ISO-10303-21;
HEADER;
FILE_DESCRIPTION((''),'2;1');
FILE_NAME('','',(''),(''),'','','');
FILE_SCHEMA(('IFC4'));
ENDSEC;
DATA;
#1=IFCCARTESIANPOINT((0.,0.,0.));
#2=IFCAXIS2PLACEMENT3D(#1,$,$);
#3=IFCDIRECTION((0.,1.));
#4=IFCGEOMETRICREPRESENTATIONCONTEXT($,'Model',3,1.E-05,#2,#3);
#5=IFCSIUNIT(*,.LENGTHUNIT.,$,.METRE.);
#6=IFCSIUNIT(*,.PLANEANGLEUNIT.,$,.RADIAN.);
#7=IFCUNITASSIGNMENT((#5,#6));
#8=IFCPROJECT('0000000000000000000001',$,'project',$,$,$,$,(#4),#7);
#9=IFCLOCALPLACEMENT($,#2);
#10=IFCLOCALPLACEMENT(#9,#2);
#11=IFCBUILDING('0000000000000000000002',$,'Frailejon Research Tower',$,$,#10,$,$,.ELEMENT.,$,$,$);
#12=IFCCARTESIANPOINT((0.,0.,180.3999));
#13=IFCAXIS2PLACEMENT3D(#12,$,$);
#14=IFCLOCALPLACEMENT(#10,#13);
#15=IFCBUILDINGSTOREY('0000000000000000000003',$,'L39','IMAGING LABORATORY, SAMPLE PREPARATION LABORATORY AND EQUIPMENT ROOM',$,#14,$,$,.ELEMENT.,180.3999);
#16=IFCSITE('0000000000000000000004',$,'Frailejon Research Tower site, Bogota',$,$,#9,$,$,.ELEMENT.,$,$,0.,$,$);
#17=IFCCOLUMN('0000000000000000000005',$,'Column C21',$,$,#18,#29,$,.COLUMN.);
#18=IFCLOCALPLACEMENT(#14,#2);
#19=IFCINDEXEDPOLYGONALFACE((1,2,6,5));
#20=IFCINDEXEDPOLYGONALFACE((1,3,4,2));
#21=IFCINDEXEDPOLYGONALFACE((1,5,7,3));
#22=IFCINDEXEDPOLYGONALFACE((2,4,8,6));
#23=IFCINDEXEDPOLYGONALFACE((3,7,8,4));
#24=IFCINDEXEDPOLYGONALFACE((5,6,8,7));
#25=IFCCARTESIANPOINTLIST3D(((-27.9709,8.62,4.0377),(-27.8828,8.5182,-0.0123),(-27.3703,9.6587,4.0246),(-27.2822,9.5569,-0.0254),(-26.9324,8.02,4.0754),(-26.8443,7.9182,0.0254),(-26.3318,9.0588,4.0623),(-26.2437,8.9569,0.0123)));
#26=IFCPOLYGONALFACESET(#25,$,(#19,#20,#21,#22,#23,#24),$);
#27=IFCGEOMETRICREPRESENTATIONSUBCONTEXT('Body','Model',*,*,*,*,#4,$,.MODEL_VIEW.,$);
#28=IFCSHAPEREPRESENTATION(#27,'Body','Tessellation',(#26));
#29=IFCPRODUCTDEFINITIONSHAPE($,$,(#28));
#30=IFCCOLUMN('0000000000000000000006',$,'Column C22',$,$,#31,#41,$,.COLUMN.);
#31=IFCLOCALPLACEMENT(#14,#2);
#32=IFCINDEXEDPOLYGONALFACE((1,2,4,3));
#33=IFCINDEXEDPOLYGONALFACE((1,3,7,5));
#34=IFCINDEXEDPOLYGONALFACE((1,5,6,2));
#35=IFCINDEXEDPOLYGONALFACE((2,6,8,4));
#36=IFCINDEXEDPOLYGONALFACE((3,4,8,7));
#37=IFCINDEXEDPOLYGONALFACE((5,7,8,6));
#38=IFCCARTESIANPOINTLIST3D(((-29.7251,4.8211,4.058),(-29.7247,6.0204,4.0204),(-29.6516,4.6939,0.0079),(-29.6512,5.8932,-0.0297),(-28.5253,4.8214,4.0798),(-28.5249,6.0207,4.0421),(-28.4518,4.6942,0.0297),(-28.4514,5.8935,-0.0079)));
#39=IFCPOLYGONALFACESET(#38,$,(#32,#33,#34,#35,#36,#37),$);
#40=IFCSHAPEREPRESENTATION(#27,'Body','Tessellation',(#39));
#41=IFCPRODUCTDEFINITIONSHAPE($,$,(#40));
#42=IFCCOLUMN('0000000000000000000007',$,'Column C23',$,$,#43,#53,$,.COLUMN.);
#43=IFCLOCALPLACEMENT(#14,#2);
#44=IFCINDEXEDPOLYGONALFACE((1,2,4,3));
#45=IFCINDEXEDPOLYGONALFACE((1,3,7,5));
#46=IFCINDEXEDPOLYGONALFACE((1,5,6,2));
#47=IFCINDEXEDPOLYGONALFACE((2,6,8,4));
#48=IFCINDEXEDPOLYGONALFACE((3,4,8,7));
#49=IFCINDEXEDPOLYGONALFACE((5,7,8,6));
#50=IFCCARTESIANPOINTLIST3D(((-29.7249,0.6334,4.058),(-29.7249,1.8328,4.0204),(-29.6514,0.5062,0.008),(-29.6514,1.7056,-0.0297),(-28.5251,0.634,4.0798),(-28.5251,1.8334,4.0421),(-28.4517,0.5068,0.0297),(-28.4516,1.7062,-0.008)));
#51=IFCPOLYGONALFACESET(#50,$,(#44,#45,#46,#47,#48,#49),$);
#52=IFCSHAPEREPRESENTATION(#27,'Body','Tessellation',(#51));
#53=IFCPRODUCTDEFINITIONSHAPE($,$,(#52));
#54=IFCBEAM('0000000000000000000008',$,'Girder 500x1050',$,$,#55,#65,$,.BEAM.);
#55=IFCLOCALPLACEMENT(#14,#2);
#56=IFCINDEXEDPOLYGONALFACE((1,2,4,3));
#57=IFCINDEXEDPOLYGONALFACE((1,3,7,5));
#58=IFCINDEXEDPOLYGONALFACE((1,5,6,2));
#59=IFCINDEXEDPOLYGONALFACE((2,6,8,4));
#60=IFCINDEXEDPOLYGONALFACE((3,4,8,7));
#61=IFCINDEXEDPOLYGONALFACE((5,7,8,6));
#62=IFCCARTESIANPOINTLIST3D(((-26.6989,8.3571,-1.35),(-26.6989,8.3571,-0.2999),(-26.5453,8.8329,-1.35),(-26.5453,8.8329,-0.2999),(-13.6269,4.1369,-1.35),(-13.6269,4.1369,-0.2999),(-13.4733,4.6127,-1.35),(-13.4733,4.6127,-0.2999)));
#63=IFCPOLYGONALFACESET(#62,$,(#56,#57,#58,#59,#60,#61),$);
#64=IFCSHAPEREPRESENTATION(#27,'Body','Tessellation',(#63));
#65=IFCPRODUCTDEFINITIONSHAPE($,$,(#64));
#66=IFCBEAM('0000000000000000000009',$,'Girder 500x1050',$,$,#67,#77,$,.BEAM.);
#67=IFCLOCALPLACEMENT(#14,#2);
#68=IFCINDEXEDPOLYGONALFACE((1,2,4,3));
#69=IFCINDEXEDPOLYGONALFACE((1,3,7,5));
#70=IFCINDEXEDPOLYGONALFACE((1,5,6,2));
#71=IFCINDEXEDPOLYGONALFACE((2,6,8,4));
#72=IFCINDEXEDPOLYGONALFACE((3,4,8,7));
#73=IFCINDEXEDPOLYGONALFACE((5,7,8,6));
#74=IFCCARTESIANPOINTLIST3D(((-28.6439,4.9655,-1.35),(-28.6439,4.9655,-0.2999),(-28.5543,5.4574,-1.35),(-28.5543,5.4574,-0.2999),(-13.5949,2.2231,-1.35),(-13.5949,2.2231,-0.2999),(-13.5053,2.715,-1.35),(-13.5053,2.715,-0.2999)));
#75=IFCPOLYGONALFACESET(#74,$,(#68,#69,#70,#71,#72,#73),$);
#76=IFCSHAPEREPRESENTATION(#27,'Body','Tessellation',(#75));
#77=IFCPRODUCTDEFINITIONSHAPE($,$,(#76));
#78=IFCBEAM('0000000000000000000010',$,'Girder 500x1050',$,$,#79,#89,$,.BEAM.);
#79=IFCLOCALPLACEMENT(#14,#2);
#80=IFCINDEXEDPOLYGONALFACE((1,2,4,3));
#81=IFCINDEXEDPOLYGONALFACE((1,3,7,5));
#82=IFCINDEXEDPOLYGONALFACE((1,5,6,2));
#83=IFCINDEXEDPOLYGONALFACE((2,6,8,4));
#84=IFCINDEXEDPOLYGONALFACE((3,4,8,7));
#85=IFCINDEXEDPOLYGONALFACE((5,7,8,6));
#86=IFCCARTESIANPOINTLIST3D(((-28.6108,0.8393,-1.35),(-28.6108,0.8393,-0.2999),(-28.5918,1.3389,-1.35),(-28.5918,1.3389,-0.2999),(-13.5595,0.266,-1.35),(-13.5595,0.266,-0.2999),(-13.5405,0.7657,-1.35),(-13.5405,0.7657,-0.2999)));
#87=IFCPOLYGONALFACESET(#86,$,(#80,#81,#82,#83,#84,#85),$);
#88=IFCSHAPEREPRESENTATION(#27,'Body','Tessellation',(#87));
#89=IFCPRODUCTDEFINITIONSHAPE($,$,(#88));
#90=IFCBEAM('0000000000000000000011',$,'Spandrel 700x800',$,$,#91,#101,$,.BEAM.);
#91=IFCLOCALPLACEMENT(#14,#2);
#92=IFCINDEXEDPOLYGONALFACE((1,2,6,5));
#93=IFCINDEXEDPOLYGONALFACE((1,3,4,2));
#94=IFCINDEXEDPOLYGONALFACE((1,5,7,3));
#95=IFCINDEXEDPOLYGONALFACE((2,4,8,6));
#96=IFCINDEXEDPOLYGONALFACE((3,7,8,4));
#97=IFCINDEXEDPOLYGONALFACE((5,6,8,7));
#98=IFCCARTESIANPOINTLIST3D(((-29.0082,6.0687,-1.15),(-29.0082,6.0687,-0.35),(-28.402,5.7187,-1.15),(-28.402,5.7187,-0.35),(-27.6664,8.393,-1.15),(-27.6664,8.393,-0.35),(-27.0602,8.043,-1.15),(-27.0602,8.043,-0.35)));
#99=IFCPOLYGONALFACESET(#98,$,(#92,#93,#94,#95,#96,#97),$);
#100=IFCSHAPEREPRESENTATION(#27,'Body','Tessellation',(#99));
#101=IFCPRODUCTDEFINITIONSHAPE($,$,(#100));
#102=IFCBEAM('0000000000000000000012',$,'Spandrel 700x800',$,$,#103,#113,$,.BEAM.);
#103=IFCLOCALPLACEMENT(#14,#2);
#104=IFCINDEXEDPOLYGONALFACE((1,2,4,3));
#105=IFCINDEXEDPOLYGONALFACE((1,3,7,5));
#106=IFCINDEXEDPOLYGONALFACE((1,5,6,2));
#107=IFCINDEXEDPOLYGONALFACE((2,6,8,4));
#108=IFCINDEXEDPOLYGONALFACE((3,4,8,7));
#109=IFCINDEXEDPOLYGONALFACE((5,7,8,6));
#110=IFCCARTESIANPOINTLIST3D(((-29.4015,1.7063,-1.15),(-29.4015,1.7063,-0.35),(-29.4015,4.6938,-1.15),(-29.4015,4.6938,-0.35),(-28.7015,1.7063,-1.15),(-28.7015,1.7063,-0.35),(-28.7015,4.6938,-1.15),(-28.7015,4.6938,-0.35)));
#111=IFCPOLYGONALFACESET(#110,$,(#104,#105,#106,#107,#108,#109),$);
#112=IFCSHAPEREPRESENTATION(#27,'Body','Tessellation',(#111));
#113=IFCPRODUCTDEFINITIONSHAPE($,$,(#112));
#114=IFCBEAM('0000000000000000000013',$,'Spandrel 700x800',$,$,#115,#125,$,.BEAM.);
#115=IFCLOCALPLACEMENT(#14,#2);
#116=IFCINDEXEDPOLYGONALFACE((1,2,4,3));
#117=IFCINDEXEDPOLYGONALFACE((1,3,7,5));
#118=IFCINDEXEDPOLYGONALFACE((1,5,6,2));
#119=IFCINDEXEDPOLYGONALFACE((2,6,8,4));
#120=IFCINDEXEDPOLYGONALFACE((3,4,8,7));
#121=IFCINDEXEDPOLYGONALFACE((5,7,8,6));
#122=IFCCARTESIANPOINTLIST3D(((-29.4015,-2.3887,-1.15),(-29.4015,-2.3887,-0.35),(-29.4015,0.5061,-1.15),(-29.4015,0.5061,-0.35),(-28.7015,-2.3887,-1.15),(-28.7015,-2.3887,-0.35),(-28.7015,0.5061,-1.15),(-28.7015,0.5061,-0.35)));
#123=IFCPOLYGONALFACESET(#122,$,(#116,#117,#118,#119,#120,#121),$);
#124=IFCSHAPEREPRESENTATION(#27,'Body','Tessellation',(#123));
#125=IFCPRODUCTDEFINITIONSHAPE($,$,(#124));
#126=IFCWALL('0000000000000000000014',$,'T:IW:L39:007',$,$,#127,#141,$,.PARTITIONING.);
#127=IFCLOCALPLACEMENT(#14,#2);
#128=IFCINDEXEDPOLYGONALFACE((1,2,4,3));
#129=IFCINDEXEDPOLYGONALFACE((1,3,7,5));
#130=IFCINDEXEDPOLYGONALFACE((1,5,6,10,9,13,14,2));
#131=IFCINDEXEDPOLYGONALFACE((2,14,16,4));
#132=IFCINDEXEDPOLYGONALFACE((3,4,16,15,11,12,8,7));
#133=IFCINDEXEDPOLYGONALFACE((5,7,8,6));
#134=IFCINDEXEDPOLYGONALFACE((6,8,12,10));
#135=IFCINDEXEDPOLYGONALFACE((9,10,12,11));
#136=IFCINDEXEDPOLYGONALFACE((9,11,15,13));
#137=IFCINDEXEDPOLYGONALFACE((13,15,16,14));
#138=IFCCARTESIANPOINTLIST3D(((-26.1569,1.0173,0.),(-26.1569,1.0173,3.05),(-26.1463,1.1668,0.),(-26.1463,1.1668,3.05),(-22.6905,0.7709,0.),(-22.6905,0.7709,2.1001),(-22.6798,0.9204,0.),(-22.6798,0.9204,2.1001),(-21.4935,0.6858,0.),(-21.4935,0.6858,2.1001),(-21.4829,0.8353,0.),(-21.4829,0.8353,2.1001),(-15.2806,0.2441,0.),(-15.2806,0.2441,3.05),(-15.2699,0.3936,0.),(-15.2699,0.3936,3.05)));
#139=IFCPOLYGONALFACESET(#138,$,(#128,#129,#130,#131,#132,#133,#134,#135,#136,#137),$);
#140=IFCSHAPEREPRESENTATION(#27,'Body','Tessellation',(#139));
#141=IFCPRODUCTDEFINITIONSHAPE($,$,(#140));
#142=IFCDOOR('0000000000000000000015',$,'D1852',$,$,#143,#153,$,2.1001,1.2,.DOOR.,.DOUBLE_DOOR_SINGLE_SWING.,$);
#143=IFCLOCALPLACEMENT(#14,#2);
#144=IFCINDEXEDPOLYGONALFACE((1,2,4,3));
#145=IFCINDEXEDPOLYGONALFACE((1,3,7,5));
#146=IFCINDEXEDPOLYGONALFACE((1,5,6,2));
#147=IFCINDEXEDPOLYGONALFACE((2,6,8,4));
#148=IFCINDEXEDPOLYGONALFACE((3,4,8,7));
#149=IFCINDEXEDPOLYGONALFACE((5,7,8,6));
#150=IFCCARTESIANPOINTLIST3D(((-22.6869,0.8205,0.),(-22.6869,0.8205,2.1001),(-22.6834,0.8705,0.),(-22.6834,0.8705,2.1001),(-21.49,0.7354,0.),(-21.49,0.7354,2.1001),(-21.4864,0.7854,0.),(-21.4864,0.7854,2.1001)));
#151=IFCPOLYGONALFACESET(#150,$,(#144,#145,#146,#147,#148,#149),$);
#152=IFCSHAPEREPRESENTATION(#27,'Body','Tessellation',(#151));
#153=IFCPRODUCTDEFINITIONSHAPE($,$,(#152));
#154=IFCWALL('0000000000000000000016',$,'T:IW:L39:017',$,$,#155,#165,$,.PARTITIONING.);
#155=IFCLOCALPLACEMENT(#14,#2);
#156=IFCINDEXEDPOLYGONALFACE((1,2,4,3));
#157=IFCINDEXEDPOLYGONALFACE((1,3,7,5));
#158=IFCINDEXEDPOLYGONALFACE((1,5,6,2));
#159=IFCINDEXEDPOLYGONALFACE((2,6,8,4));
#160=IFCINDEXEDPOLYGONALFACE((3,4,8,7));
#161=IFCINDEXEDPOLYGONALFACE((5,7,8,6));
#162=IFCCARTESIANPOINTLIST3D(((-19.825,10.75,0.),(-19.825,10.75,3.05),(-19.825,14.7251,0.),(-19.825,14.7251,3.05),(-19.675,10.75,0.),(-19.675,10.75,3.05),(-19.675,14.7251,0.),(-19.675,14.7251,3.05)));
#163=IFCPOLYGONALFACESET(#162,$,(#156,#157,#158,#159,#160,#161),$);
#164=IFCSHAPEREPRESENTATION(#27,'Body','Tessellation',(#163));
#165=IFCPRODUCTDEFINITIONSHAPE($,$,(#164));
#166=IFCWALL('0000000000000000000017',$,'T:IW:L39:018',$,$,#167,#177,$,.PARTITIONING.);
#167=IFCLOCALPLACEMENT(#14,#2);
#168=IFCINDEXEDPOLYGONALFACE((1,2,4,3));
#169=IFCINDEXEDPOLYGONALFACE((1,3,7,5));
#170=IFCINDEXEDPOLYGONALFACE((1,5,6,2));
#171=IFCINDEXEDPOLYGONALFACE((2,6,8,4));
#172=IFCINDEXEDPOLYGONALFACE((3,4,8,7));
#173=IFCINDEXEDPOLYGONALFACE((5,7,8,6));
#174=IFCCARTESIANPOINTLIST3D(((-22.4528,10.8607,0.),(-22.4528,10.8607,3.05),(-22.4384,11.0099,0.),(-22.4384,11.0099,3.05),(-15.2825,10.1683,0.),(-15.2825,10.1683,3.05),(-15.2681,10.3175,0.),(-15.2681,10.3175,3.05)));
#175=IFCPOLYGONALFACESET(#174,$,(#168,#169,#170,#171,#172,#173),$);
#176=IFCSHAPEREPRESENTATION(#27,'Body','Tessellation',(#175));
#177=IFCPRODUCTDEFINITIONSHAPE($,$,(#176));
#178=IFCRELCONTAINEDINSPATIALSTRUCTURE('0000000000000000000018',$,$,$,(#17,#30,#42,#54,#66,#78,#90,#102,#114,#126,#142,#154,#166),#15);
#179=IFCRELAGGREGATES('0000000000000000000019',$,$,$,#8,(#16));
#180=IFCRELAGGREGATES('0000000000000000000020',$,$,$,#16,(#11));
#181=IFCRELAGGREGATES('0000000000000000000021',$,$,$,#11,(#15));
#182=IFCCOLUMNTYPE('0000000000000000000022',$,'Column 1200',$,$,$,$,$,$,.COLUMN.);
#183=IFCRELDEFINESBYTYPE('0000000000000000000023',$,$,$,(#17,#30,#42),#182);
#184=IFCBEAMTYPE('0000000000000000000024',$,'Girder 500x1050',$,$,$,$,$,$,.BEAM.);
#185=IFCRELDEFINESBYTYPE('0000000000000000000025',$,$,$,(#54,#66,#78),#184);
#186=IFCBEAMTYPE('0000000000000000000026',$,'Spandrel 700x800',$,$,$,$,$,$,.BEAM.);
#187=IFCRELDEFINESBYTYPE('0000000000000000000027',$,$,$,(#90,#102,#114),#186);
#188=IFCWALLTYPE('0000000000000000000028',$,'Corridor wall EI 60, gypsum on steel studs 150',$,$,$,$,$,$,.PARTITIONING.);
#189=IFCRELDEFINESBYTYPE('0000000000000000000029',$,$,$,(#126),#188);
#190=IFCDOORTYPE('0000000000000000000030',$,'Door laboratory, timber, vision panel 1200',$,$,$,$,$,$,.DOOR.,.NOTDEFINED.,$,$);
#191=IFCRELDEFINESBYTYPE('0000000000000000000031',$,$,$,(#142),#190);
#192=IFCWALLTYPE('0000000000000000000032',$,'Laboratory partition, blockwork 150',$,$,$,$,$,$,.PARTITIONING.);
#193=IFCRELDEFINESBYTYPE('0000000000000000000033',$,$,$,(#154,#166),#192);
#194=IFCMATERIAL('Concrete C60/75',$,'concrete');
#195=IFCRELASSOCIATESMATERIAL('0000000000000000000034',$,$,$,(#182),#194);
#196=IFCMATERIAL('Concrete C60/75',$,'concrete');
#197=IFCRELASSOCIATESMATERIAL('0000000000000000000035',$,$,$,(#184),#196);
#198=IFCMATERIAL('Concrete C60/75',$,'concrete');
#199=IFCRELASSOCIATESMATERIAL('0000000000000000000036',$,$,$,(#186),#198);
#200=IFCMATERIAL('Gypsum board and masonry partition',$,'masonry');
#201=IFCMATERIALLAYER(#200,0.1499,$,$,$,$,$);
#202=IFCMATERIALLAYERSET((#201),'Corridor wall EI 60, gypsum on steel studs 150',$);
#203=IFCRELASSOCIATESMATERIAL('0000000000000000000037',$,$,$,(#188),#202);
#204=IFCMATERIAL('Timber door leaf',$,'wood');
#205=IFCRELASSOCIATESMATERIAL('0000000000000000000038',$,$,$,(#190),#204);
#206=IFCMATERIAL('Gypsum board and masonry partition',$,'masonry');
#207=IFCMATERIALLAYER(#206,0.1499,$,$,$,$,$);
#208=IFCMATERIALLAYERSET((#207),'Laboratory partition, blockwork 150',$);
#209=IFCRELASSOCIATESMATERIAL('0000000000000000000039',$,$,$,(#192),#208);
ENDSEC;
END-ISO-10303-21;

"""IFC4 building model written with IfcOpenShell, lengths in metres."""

from ifc_helpers import new_model, si_unit, direction, frame, frame_2d, origin, origin_2d, place, context, subcontext, project, spatial, rectangle, extrude, material, layer, layer_set, material_profile, profile_set, type_object, element, fill, save


model = new_model("IFC4")

# Units and contexts
model_context = context("Model", 3, precision=1e-05, world=origin(), true_north=direction((0.0, 1.0)))
body_context = subcontext(model_context, "Body", "Model", "MODEL_VIEW")
ifc_project = project(units=[si_unit("LENGTHUNIT", "METRE"), si_unit("PLANEANGLEUNIT", "RADIAN")], contexts=[model_context])

# Site, building, storey
site_placement = place(None, origin())
site = spatial("IfcSite", under=ifc_project, at=site_placement, Name="Frailejon Research Tower site, Bogota", CompositionType="ELEMENT", RefElevation=0.0)
building_placement = place(site_placement, origin())
building = spatial("IfcBuilding", under=site, at=building_placement, Name="Frailejon Research Tower", CompositionType="ELEMENT")
storey_placement = place(building_placement, frame((0.0, 0.0, 180.3999)))
storey = spatial("IfcBuildingStorey", under=building, at=storey_placement, Name="L39", Description="IMAGING LABORATORY, SAMPLE PREPARATION LABORATORY AND EQUIPMENT ROOM", CompositionType="ELEMENT", Elevation=180.3999)

# Columns
ifc_material_1 = material(Name="Concrete C60/75", Category="concrete")
ifc_material_profile_1 = material_profile(ifc_material_1, rectangle(XDim=1.2, YDim=1.2, at=origin_2d()), Name="Column 1200")
ifc_profile_set_1 = profile_set([ifc_material_profile_1], Name="Concrete C60/75")
column_type = type_object("IfcColumnType", Name="Column 1200", PredefinedType="COLUMN", material=ifc_profile_set_1)
column_placement = place(storey_placement, frame((-27.0632, 8.7375, 0.0), z_axis=(-0.021749, 0.025123, 0.999448), x_axis=(-0.500502, -0.865667, 0.010869)))
element("IfcColumn", 1, at=column_placement, inside=storey, type_object=column_type, Name="Column C21", PredefinedType="COLUMN", context=body_context, shape_type="SweptSolid", body=[
    extrude(rectangle(XDim=1.2, YDim=1.2, at=origin_2d()), origin(), (0.0, 0.0, 1.0), 4.0522),
])
for number, where, z_axis, x_axis, name in (
    (2, (-29.0515, 5.2937, 0.0), (-0.018133, 0.031386, 0.999343), (-0.000336, -0.999507, 0.031385), "Column C22"),
    (3, (-29.0515, 1.1062, 0.0), (-0.018133, 0.031386, 0.999343), (-0.000022, -0.999507, 0.03139), "Column C23"),
):
    element("IfcColumn", number, at=place(storey_placement, frame(where, z_axis=z_axis, x_axis=x_axis)), inside=storey, type_object=column_type, Name=name, PredefinedType="COLUMN", context=body_context, shape_type="SweptSolid", body=[
        extrude(rectangle(XDim=1.2, YDim=1.2, at=origin_2d()), origin(), (0.0, 0.0, 1.0), 4.0527),
    ])

# Beams
ifc_material_2 = material(Name="Concrete C60/75", Category="concrete")
ifc_material_profile_2 = material_profile(ifc_material_2, rectangle(XDim=0.5, YDim=1.05, at=origin_2d()), Name="Girder 500x1050")
ifc_profile_set_2 = profile_set([ifc_material_profile_2], Name="Concrete C60/75")
beam_type_1 = type_object("IfcBeamType", Name="Girder 500x1050", PredefinedType="BEAM", material=ifc_profile_set_2)
beam_1_placement = place(storey_placement, frame((-26.6221, 8.595, -0.825), z_axis=(0.951636, -0.307229, 0.0), x_axis=(0.307229, 0.951636, 0.0)))
element("IfcBeam", 4, at=beam_1_placement, inside=storey, type_object=beam_type_1, Name="Girder 500x1050", PredefinedType="BEAM", context=body_context, shape_type="SweptSolid", body=[
    extrude(rectangle(XDim=0.5, YDim=1.05, at=origin_2d()), origin(), (0.0, 0.0, 1.0), 13.7363),
])
beam_2_placement = place(storey_placement, frame((-28.5991, 5.2114, -0.825), z_axis=(0.983798, -0.17928, 0.0), x_axis=(0.17928, 0.983798, 0.0)))
element("IfcBeam", 5, at=beam_2_placement, inside=storey, type_object=beam_type_1, Name="Girder 500x1050", PredefinedType="BEAM", context=body_context, shape_type="SweptSolid", body=[
    extrude(rectangle(XDim=0.5, YDim=1.05, at=origin_2d()), origin(), (0.0, 0.0, 1.0), 15.2969),
])
beam_3_placement = place(storey_placement, frame((-28.6013, 1.0891, -0.825), z_axis=(0.999276, -0.038058, 0.0), x_axis=(0.038058, 0.999276, 0.0)))
element("IfcBeam", 6, at=beam_3_placement, inside=storey, type_object=beam_type_1, Name="Girder 500x1050", PredefinedType="BEAM", context=body_context, shape_type="SweptSolid", body=[
    extrude(rectangle(XDim=0.5, YDim=1.05, at=origin_2d()), origin(), (0.0, 0.0, 1.0), 15.0623),
])
ifc_material_3 = material(Name="Concrete C60/75", Category="concrete")
ifc_material_profile_3 = material_profile(ifc_material_3, rectangle(XDim=0.7, YDim=0.8, at=origin_2d()), Name="Spandrel 700x800")
ifc_profile_set_3 = profile_set([ifc_material_profile_3], Name="Concrete C60/75")
beam_type_2 = type_object("IfcBeamType", Name="Spandrel 700x800", PredefinedType="BEAM", material=ifc_profile_set_3)
beam_4_placement = place(storey_placement, frame((-27.3633, 8.218, -0.75), z_axis=(-0.499974, -0.86604, 0.0), x_axis=(0.86604, -0.499974, 0.0)))
element("IfcBeam", 7, at=beam_4_placement, inside=storey, type_object=beam_type_2, Name="Spandrel 700x800", PredefinedType="BEAM", context=body_context, shape_type="SweptSolid", body=[
    extrude(rectangle(XDim=0.7, YDim=0.8, at=origin_2d()), origin(), (0.0, 0.0, 1.0), 2.6838),
])
beam_5_placement = place(storey_placement, frame((-29.0515, 4.6938, -0.75), z_axis=(0.0, -1.0, 0.0), x_axis=(1.0, 0.0, 0.0)))
element("IfcBeam", 8, at=beam_5_placement, inside=storey, type_object=beam_type_2, Name="Spandrel 700x800", PredefinedType="BEAM", context=body_context, shape_type="SweptSolid", body=[
    extrude(rectangle(XDim=0.7, YDim=0.8, at=origin_2d()), origin(), (0.0, 0.0, 1.0), 2.9875),
])
beam_6_placement = place(storey_placement, frame((-29.0515, 0.5061, -0.75), z_axis=(0.0, -1.0, 0.0), x_axis=(1.0, 0.0, 0.0)))
element("IfcBeam", 9, at=beam_6_placement, inside=storey, type_object=beam_type_2, Name="Spandrel 700x800", PredefinedType="BEAM", context=body_context, shape_type="SweptSolid", body=[
    extrude(rectangle(XDim=0.7, YDim=0.8, at=origin_2d()), origin(), (0.0, 0.0, 1.0), 2.8948),
])

# Wall, opening, door
ifc_material_4 = material(Name="Gypsum board and masonry partition", Category="masonry")
ifc_layer_1 = layer(ifc_material_4, 0.1499)
ifc_layer_set_1 = layer_set([ifc_layer_1], Name="Corridor wall EI 60, gypsum on steel studs 150")
wall_type_1 = type_object("IfcWallType", Name="Corridor wall EI 60, gypsum on steel studs 150", PredefinedType="PARTITIONING", material=ifc_layer_set_1)
wall_1_placement = place(storey_placement, frame((-26.1516, 1.092, 0.0), z_axis=(0.0, 0.0, 1.0), x_axis=(0.997483, -0.07091, 0.0)))
wall_1 = element("IfcWall", 10, at=wall_1_placement, inside=storey, type_object=wall_type_1, Name="T:IW:L39:007", PredefinedType="PARTITIONING", context=body_context, shape_type="SweptSolid", body=[
    extrude(rectangle(XDim=10.9038, YDim=0.1499, at=frame_2d((5.4519, 0.0))), origin(), (0.0, 0.0, 1.0), 3.05),
])
opening_1_placement = place(wall_1_placement, frame((3.4751, 0.0, 0.0)))
opening_1 = element("IfcOpeningElement", 11, at=opening_1_placement, cuts=wall_1, PredefinedType="OPENING", context=body_context, shape_type="SweptSolid", body=[
    extrude(rectangle(XDim=1.2, YDim=2.1001, at=frame_2d((0.6001, 1.05))), frame((0.0, 0.085, 0.0), z_axis=(0.0, -1.0, 0.0), x_axis=(1.0, 0.0, 0.0)), (0.0, 0.0, 1.0), 0.1699),
])
ifc_material_5 = material(Name="Timber door leaf", Category="wood")
door_type = type_object("IfcDoorType", Name="Door laboratory, timber, vision panel 1200", OperationType="NOTDEFINED", PredefinedType="DOOR", material=ifc_material_5)
door_placement = place(opening_1_placement, origin())
door = element("IfcDoor", 12, at=door_placement, inside=storey, type_object=door_type, Name="D1852", OperationType="DOUBLE_DOOR_SINGLE_SWING", OverallHeight=2.1001, OverallWidth=1.2, PredefinedType="DOOR", context=body_context, shape_type="SweptSolid", body=[
    extrude(rectangle(XDim=1.2, YDim=2.1001, at=frame_2d((0.6001, 1.05))), frame((0.0, 0.0249, 0.0), z_axis=(0.0, -1.0, 0.0), x_axis=(1.0, 0.0, 0.0)), (0.0, 0.0, 1.0), 0.05),
])
fill(opening_1, door)

# Walls
ifc_material_6 = material(Name="Gypsum board and masonry partition", Category="masonry")
ifc_layer_2 = layer(ifc_material_6, 0.1499)
ifc_layer_set_2 = layer_set([ifc_layer_2], Name="Laboratory partition, blockwork 150")
wall_type_2 = type_object("IfcWallType", Name="Laboratory partition, blockwork 150", PredefinedType="PARTITIONING", material=ifc_layer_set_2)
wall_2_placement = place(storey_placement, frame((-19.75, 10.75, 0.0), z_axis=(0.0, 0.0, 1.0), x_axis=(0.0, 1.0, 0.0)))
element("IfcWall", 13, at=wall_2_placement, inside=storey, type_object=wall_type_2, Name="T:IW:L39:017", PredefinedType="PARTITIONING", context=body_context, shape_type="SweptSolid", body=[
    extrude(rectangle(XDim=3.9751, YDim=0.1499, at=frame_2d((1.9875, 0.0))), origin(), (0.0, 0.0, 1.0), 3.05),
])
wall_3_placement = place(storey_placement, frame((-22.4456, 10.9353, 0.0), z_axis=(0.0, 0.0, 1.0), x_axis=(0.99537, -0.096117, 0.0)))
element("IfcWall", 14, at=wall_3_placement, inside=storey, type_object=wall_type_2, Name="T:IW:L39:018", PredefinedType="PARTITIONING", context=body_context, shape_type="SweptSolid", body=[
    extrude(rectangle(XDim=7.2036, YDim=0.1499, at=frame_2d((3.6018, 0.0))), origin(), (0.0, 0.0, 1.0), 3.05),
])

save(model, "model.ifc")
